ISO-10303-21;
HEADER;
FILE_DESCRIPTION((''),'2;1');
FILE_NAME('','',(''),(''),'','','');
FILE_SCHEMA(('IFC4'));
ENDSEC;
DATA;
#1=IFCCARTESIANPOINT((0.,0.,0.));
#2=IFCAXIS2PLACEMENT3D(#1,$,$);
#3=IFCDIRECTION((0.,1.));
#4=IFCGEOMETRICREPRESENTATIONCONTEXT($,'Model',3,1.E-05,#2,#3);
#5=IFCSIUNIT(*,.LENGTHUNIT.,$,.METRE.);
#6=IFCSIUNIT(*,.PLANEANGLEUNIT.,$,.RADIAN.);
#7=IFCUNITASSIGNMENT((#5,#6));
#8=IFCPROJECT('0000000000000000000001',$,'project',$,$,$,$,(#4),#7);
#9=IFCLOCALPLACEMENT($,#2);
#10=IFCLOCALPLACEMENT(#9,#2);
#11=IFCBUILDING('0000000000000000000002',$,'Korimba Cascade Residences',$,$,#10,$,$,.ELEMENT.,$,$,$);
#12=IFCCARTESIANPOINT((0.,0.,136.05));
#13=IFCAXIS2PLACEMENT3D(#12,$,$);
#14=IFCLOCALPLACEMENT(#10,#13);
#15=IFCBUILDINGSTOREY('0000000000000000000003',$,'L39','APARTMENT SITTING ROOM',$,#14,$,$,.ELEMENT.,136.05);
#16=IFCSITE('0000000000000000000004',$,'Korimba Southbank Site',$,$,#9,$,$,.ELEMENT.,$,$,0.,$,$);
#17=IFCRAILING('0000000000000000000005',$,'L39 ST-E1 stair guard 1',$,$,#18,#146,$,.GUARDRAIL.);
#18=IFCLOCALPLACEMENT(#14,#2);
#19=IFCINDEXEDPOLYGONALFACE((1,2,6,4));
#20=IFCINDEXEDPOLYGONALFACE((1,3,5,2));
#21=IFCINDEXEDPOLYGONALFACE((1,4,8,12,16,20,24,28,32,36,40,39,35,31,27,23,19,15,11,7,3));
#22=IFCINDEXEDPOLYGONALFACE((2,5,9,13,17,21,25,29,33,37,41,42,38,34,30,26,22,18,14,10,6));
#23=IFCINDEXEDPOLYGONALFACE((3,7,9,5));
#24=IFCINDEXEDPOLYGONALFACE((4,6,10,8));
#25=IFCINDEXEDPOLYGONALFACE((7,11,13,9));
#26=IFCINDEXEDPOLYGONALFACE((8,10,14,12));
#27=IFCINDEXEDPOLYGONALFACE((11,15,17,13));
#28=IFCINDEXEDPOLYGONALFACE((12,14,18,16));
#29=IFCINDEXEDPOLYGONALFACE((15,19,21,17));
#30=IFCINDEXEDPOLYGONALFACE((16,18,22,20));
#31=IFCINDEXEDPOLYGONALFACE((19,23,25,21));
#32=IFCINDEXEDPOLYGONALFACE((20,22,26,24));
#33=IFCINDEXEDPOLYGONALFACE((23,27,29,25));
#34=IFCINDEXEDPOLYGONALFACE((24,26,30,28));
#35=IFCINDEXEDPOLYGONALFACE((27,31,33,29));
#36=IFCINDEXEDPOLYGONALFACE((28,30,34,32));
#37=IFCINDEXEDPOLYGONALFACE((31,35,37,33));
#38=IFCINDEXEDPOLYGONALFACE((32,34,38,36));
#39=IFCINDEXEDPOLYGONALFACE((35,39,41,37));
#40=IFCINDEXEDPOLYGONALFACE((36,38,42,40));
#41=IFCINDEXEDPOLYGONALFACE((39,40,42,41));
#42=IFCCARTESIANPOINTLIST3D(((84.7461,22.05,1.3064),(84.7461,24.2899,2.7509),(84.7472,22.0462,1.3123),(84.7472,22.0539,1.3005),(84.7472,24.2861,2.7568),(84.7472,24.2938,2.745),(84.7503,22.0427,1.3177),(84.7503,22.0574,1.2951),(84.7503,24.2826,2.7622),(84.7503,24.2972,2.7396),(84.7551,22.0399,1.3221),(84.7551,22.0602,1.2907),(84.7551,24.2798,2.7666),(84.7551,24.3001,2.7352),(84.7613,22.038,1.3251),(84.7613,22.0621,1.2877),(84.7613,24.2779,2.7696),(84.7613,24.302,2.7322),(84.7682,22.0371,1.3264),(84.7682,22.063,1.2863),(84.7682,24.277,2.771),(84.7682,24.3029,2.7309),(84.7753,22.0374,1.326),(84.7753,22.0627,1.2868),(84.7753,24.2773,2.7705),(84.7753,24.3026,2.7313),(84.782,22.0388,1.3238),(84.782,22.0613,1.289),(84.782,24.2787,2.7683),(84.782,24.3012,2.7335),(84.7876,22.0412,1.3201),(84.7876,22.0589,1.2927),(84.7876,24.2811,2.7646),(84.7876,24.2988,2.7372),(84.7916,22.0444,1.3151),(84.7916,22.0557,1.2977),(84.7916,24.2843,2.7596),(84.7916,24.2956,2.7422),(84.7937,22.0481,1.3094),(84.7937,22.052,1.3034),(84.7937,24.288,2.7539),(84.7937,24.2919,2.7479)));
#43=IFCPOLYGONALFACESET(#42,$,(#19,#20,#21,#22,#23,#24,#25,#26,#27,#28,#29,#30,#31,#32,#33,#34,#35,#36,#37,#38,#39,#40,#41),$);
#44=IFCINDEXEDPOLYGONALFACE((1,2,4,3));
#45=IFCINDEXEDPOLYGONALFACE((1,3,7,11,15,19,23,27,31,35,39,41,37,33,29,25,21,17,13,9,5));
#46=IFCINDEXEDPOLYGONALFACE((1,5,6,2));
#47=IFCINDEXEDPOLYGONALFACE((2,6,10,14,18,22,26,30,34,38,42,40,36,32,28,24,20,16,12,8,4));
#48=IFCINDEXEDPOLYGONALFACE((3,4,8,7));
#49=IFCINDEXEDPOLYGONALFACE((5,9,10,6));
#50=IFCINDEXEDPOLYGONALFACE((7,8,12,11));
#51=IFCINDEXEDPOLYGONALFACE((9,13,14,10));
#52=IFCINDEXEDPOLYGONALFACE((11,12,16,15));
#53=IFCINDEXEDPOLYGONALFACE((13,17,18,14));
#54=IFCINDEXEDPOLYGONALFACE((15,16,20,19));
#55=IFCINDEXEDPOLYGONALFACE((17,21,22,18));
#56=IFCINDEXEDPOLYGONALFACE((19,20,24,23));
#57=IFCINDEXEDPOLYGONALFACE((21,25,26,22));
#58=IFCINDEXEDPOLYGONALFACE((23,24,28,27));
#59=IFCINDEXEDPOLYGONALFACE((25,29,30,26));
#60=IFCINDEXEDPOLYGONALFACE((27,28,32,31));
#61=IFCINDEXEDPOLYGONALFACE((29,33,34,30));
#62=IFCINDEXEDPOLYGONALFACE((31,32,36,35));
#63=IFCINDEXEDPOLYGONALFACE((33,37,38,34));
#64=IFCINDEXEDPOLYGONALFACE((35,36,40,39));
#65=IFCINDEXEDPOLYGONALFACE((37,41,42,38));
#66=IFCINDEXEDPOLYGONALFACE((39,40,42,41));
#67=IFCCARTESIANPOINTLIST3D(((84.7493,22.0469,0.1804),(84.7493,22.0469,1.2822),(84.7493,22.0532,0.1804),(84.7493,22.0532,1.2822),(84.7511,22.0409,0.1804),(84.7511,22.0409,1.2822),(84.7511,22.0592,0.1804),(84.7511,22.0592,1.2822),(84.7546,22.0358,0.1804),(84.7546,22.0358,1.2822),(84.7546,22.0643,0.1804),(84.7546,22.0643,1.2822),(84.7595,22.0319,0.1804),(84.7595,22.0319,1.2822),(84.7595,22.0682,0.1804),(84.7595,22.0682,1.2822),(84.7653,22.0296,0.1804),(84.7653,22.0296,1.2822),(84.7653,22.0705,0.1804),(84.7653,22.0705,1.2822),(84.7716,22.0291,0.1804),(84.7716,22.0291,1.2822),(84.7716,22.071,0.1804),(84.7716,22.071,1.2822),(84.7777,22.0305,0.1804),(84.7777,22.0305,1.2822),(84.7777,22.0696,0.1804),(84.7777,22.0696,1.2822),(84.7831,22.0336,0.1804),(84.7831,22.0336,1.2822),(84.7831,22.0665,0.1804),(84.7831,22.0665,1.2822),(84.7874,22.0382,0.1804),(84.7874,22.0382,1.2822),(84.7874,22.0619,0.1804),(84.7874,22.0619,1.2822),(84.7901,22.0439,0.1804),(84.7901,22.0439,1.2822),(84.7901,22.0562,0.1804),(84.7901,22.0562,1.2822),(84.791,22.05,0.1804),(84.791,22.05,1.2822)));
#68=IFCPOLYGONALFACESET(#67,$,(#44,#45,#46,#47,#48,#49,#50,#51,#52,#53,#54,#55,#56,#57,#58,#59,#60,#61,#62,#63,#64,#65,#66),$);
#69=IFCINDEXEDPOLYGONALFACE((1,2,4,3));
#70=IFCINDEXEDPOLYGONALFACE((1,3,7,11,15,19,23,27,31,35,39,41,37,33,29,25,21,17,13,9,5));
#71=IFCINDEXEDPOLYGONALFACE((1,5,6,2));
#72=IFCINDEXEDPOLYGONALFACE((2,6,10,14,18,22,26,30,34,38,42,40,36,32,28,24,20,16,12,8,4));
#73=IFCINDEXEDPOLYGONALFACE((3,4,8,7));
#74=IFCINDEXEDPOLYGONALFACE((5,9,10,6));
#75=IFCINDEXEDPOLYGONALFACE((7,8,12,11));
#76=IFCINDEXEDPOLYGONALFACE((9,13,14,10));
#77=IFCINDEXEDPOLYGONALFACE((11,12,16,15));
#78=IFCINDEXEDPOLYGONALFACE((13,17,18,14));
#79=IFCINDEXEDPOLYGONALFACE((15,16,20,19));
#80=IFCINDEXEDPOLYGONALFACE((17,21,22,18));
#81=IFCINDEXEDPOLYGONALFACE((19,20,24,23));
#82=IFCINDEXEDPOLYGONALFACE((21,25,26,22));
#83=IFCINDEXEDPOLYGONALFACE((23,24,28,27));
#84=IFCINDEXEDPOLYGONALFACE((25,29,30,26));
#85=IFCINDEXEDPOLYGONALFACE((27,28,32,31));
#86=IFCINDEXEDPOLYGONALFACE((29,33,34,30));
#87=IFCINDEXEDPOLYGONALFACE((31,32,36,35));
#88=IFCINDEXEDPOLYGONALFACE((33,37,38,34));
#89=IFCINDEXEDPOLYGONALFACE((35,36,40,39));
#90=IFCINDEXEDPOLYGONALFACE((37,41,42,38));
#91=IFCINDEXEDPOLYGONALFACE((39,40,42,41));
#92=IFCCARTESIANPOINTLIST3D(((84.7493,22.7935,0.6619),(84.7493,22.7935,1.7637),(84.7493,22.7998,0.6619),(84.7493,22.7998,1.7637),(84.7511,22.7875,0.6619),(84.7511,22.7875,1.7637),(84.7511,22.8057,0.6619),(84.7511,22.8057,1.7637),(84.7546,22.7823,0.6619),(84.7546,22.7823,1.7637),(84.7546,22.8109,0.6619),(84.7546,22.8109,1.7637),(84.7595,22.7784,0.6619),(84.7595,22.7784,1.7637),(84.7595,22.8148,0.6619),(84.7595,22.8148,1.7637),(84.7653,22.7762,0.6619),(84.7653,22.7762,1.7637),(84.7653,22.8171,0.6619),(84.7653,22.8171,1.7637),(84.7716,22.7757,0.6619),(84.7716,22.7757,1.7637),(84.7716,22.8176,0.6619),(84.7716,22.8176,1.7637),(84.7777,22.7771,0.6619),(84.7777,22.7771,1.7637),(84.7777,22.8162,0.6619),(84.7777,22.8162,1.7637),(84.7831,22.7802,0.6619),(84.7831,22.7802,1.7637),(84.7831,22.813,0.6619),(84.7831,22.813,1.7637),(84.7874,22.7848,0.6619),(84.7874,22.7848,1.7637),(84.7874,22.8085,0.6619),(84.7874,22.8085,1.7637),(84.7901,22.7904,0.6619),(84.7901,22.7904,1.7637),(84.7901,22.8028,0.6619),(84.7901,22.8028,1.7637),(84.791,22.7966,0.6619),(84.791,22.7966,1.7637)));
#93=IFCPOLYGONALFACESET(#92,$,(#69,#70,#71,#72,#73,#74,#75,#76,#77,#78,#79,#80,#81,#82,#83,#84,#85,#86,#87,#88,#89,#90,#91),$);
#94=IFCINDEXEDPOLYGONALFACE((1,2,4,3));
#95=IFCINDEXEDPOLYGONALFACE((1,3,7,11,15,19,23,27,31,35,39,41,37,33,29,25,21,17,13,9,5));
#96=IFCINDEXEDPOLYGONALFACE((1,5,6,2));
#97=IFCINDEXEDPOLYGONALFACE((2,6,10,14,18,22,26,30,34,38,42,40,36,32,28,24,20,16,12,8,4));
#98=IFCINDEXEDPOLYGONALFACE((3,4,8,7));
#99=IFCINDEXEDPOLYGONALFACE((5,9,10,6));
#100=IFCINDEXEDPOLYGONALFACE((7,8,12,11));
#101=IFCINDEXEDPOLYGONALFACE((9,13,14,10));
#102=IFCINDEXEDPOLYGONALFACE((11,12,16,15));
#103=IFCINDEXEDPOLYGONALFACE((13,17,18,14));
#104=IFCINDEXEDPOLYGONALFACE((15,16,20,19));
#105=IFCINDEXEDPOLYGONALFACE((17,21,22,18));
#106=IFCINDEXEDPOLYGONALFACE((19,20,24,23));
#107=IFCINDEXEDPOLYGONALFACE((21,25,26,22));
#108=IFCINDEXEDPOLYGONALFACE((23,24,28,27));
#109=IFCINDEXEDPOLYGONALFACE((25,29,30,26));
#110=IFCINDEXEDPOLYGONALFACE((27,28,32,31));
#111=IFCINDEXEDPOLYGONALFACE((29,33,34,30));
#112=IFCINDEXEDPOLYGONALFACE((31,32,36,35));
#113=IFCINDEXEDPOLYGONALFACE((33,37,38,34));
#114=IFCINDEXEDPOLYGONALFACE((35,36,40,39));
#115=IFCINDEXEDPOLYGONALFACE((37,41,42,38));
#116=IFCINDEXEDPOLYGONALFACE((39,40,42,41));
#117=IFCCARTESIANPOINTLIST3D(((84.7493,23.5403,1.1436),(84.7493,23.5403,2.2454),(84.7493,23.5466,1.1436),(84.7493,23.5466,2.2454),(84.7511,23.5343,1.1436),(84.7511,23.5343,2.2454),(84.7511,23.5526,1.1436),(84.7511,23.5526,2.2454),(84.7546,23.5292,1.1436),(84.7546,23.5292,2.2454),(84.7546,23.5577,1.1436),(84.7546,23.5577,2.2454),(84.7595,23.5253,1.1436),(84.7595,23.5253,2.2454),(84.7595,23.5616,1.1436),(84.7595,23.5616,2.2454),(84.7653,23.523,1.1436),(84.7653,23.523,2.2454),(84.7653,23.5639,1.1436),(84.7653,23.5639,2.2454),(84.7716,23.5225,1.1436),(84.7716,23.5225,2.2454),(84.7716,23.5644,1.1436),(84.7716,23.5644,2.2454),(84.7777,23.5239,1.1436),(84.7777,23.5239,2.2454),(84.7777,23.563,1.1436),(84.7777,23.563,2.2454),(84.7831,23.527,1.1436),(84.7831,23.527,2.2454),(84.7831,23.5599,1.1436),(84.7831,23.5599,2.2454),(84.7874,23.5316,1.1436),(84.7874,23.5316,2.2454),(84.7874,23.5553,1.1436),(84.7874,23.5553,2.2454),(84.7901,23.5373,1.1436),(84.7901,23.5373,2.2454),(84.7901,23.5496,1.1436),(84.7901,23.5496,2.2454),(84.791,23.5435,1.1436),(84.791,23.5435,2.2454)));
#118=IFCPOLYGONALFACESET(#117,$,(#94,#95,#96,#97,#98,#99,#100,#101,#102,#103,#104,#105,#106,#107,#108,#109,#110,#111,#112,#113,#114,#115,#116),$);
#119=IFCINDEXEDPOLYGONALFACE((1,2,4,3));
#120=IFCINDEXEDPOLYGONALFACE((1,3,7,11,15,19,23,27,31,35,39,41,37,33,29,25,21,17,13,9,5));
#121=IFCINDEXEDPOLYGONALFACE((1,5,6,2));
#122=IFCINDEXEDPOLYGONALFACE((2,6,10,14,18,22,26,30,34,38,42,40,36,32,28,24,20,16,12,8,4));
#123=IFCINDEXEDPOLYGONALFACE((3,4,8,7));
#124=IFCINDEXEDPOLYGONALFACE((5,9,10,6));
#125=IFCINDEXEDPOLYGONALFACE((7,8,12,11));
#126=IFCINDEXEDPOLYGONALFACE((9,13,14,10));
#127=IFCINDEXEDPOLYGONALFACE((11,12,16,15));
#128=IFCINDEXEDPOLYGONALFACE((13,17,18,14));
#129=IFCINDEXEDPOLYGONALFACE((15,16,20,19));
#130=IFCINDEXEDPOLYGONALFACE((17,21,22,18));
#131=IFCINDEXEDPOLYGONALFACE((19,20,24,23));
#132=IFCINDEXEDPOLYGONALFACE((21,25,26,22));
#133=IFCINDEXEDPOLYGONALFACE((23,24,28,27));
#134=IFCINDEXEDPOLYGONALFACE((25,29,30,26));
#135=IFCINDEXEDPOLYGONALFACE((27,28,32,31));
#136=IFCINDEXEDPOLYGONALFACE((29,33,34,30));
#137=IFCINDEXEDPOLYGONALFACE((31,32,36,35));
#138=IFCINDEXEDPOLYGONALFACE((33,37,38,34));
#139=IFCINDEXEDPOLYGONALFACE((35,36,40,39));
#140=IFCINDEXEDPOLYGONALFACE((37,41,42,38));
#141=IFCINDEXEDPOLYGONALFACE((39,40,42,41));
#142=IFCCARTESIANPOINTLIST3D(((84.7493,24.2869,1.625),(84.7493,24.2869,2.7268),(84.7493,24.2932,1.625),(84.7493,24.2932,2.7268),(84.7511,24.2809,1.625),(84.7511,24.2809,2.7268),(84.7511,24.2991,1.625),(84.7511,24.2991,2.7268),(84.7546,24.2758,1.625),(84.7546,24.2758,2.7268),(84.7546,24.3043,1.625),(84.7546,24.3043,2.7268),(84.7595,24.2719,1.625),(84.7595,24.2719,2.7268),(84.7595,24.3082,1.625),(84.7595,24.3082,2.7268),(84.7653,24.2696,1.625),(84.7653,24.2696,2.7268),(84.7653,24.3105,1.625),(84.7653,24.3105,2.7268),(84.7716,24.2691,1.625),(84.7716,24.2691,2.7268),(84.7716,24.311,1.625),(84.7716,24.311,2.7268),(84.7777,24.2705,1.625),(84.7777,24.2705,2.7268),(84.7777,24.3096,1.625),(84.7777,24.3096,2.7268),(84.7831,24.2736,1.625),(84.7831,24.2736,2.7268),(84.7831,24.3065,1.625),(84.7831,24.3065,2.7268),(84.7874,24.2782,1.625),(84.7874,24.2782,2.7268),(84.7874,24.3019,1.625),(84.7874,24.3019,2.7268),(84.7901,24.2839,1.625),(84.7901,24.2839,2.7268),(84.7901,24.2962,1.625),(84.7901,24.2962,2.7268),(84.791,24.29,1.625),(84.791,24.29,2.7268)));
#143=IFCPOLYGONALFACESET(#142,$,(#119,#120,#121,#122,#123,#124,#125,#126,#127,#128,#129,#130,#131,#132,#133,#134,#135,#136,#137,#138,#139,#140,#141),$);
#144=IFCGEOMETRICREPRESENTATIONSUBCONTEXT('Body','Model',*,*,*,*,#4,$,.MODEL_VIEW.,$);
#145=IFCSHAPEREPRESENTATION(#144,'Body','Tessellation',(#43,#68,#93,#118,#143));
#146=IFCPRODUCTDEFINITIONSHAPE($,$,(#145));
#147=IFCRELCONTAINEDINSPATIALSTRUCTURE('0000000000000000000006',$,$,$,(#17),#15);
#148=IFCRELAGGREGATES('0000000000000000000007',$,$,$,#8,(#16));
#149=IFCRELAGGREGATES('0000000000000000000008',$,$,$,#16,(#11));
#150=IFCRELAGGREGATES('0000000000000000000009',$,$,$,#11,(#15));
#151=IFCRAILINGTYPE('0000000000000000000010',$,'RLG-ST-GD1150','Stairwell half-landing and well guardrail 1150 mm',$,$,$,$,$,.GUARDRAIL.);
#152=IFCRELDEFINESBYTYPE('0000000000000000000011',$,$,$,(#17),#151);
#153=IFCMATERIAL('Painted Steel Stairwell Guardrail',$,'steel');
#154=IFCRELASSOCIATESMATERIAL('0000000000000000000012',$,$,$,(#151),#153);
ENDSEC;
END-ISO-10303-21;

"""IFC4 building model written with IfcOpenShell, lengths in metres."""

from ifc_helpers import new_model, si_unit, direction, frame, origin, origin_2d, place, context, subcontext, project, spatial, circle, extrude, material, type_object, element, save


model = new_model("IFC4")

# Units and contexts
model_context = context("Model", 3, precision=1e-05, world=origin(), true_north=direction((0.0, 1.0)))
body_context = subcontext(model_context, "Body", "Model", "MODEL_VIEW")
ifc_project = project(units=[si_unit("LENGTHUNIT", "METRE"), si_unit("PLANEANGLEUNIT", "RADIAN")], contexts=[model_context])

# Site, building, storey
site_placement = place(None, origin())
site = spatial("IfcSite", under=ifc_project, at=site_placement, Name="Korimba Southbank Site", CompositionType="ELEMENT", RefElevation=0.0)
building_placement = place(site_placement, origin())
building = spatial("IfcBuilding", under=site, at=building_placement, Name="Korimba Cascade Residences", CompositionType="ELEMENT")
storey_placement = place(building_placement, frame((0.0, 0.0, 136.05)))
storey = spatial("IfcBuildingStorey", under=building, at=storey_placement, Name="L39", Description="APARTMENT SITTING ROOM", CompositionType="ELEMENT", Elevation=136.05)

# Railing
ifc_material_1 = material(Name="Painted Steel Stairwell Guardrail", Category="steel")
railing_type_1 = type_object("IfcRailingType", Name="RLG-ST-GD1150", Description="Stairwell half-landing and well guardrail 1150 mm", PredefinedType="GUARDRAIL", material=ifc_material_1)
railing_1_placement = place(storey_placement, frame((84.77, 22.05, 0.1804)))
element("IfcRailing", 1, at=railing_1_placement, inside=storey, type_object=railing_type_1, Name="L39 ST-E1 stair guard 1", PredefinedType="GUARDRAIL", context=body_context, shape_type="SweptSolid", body=[
    extrude(circle(Radius=0.0239, at=origin_2d()), frame((0.0, 0.0, 1.126), z_axis=(0.0, 0.840395, 0.541975), x_axis=(-1.0, 0.0, 0.0)), (0.0, 0.0, 1.0), 2.6653),
    extrude(circle(Radius=0.021, at=origin_2d()), origin(), (0.0, 0.0, 1.0), 1.1018),
    extrude(circle(Radius=0.021, at=origin_2d()), frame((0.0, 0.7466, 0.4814)), (0.0, 0.0, 1.0), 1.1018),
    extrude(circle(Radius=0.021, at=origin_2d()), frame((0.0, 1.4934, 0.9631)), (0.0, 0.0, 1.0), 1.1018),
    extrude(circle(Radius=0.021, at=origin_2d()), frame((0.0, 2.24, 1.4446)), (0.0, 0.0, 1.0), 1.1018),
])

save(model, "model.ifc")
